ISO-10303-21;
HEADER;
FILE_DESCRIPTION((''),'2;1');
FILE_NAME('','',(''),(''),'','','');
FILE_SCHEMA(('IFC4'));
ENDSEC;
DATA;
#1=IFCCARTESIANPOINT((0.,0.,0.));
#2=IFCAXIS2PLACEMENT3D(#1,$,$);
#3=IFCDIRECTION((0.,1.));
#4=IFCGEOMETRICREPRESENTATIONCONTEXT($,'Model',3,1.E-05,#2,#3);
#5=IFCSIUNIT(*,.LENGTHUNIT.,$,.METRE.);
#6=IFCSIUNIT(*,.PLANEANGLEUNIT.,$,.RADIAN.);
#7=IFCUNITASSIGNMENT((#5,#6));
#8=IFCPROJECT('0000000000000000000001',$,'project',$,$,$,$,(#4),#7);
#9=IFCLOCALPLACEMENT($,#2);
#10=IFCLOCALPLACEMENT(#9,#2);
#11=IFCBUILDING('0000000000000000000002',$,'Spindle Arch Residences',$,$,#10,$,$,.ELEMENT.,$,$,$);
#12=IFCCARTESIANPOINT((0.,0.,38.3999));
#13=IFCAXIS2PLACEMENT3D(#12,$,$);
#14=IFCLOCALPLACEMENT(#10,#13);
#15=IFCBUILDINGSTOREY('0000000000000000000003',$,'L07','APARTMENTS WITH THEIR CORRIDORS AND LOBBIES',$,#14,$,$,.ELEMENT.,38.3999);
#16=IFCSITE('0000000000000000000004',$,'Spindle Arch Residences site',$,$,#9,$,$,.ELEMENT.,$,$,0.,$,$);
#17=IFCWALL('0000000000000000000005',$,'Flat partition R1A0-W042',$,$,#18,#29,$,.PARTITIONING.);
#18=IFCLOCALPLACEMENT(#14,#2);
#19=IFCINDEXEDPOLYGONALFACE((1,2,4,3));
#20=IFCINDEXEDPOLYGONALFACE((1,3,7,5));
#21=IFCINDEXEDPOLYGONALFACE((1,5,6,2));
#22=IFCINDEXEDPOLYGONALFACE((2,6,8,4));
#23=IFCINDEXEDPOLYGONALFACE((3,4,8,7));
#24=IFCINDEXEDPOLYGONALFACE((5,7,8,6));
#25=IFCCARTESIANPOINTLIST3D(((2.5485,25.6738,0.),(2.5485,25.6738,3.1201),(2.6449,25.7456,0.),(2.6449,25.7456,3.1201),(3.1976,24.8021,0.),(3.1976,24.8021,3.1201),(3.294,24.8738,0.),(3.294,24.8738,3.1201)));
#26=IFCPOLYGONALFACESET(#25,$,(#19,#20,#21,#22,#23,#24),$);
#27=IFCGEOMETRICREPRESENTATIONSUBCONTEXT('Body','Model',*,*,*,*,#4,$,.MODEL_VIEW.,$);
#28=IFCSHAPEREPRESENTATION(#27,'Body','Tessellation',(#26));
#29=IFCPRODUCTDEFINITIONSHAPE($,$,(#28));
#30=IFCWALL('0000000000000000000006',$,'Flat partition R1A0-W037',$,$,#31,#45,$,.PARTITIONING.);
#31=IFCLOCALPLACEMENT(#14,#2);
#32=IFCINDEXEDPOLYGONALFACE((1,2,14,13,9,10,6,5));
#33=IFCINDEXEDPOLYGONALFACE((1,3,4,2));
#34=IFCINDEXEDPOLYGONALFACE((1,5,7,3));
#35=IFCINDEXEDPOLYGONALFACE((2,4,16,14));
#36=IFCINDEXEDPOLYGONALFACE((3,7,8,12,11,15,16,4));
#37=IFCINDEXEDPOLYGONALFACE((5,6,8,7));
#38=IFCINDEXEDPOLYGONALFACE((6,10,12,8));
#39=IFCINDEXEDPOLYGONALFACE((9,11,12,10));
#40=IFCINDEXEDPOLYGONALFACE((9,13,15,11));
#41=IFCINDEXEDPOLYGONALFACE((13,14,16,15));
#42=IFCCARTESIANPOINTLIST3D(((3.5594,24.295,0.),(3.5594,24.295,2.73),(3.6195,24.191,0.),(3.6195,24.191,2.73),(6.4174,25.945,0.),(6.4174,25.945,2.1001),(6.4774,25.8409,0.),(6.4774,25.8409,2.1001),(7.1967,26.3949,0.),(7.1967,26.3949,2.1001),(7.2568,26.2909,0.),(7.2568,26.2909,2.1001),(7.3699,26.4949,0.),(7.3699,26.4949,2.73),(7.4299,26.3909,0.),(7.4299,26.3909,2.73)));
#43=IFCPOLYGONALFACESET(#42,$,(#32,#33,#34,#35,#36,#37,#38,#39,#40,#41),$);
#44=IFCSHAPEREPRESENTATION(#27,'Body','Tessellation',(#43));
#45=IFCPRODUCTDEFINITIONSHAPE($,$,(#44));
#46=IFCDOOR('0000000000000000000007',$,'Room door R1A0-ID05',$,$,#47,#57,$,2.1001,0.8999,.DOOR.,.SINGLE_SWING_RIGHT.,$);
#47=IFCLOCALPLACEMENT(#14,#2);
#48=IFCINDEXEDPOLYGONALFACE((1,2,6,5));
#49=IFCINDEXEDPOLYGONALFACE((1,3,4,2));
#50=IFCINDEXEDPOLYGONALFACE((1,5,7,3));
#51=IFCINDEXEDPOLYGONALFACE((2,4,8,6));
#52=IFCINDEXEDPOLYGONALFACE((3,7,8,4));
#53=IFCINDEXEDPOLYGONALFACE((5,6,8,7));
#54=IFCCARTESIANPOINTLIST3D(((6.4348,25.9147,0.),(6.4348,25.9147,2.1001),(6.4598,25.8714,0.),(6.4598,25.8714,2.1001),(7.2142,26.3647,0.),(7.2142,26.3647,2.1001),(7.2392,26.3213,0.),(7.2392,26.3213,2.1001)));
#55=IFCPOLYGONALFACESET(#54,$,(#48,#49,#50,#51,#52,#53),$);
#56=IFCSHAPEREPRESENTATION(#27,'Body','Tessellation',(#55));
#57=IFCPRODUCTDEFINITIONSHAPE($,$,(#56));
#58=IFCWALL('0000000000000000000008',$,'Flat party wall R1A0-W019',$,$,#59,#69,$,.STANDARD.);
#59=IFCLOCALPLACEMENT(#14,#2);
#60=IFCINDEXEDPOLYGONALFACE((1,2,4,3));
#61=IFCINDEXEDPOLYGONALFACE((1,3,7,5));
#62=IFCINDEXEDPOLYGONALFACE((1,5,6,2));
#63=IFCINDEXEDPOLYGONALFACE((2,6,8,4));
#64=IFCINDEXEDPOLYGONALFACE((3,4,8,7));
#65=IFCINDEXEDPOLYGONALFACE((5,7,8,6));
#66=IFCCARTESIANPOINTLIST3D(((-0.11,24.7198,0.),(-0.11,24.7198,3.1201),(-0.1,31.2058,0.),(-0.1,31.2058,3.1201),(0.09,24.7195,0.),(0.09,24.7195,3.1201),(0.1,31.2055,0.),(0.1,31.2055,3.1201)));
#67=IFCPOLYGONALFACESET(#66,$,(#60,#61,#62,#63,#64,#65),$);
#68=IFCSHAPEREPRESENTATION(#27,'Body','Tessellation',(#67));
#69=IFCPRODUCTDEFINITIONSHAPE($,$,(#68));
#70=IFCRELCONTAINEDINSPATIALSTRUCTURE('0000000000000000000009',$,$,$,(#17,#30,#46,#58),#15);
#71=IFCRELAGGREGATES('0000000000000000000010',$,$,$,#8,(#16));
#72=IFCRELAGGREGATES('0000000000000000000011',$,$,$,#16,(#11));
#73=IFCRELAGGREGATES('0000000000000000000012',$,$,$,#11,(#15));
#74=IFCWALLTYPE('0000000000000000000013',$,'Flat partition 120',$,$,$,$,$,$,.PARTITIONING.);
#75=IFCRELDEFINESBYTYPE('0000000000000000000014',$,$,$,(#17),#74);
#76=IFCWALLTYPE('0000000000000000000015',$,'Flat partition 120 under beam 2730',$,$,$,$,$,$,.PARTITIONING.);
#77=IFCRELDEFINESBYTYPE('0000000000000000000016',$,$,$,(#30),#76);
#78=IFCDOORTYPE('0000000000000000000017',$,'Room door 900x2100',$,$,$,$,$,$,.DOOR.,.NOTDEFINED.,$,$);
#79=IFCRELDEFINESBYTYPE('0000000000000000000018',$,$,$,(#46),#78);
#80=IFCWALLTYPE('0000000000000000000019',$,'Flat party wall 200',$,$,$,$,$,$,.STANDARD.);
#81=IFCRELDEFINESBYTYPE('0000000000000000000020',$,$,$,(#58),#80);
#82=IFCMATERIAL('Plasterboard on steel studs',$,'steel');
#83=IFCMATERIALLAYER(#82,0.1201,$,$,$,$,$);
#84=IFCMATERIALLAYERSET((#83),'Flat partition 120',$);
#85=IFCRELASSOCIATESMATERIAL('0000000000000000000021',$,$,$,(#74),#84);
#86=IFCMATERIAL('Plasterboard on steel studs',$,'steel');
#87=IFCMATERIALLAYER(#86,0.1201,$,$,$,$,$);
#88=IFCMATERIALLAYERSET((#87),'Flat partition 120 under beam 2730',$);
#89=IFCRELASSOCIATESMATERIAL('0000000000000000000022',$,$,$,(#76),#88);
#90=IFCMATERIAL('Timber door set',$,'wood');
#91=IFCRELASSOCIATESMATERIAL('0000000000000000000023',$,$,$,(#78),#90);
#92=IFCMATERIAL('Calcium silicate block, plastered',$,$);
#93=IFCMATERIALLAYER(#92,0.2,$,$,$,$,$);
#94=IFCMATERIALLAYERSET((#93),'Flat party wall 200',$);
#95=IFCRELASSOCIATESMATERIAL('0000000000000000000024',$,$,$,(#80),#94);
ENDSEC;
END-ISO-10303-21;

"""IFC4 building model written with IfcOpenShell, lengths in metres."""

from ifc_helpers import new_model, si_unit, direction, frame, frame_2d, origin, place, context, subcontext, project, spatial, rectangle, extrude, material, layer, layer_set, type_object, element, fill, save


model = new_model("IFC4")

# Units and contexts
model_context = context("Model", 3, precision=1e-05, world=origin(), true_north=direction((0.0, 1.0)))
body_context = subcontext(model_context, "Body", "Model", "MODEL_VIEW")
ifc_project = project(units=[si_unit("LENGTHUNIT", "METRE"), si_unit("PLANEANGLEUNIT", "RADIAN")], contexts=[model_context])

# Site, building, storey
site_placement = place(None, origin())
site = spatial("IfcSite", under=ifc_project, at=site_placement, Name="Spindle Arch Residences site", CompositionType="ELEMENT", RefElevation=0.0)
building_placement = place(site_placement, origin())
building = spatial("IfcBuilding", under=site, at=building_placement, Name="Spindle Arch Residences", CompositionType="ELEMENT")
storey_placement = place(building_placement, frame((0.0, 0.0, 38.3999)))
storey = spatial("IfcBuildingStorey", under=building, at=storey_placement, Name="L07", Description="APARTMENTS WITH THEIR CORRIDORS AND LOBBIES", CompositionType="ELEMENT", Elevation=38.3999)

# Wall
ifc_material_1 = material(Name="Plasterboard on steel studs", Category="steel")
ifc_layer_1 = layer(ifc_material_1, 0.1201)
ifc_layer_set_1 = layer_set([ifc_layer_1], Name="Flat partition 120")
wall_type_1 = type_object("IfcWallType", Name="Flat partition 120", PredefinedType="PARTITIONING", material=ifc_layer_set_1)
wall_1_placement = place(storey_placement, frame((2.5967, 25.7097, 0.0), z_axis=(0.0, 0.0, 1.0), x_axis=(0.597229, -0.802071, 0.0)))
element("IfcWall", 1, at=wall_1_placement, inside=storey, type_object=wall_type_1, Name="Flat partition R1A0-W042", PredefinedType="PARTITIONING", context=body_context, shape_type="SweptSolid", body=[
    extrude(rectangle(XDim=1.0869, YDim=0.1201, at=frame_2d((0.5435, 0.0))), origin(), (0.0, 0.0, 1.0), 3.1201),
])

# Wall, opening, door
ifc_material_2 = material(Name="Plasterboard on steel studs", Category="steel")
ifc_layer_2 = layer(ifc_material_2, 0.1201)
ifc_layer_set_2 = layer_set([ifc_layer_2], Name="Flat partition 120 under beam 2730")
wall_type_2 = type_object("IfcWallType", Name="Flat partition 120 under beam 2730", PredefinedType="PARTITIONING", material=ifc_layer_set_2)
wall_2_placement = place(storey_placement, frame((7.3999, 26.4429, 0.0), z_axis=(0.0, 0.0, 1.0), x_axis=(-0.866032, -0.499988, 0.0)))
wall_2 = element("IfcWall", 2, at=wall_2_placement, inside=storey, type_object=wall_type_2, Name="Flat partition R1A0-W037", PredefinedType="PARTITIONING", context=body_context, shape_type="SweptSolid", body=[
    extrude(rectangle(XDim=4.3999, YDim=0.1201, at=frame_2d((2.2, 0.0))), origin(), (0.0, 0.0, 1.0), 2.73),
])
opening_placement = place(wall_2_placement, frame((0.2, 0.0, 0.0)))
opening = element("IfcOpeningElement", 3, at=opening_placement, cuts=wall_2, PredefinedType="OPENING", context=body_context, shape_type="SweptSolid", body=[
    extrude(rectangle(XDim=0.8999, YDim=2.1001, at=frame_2d((0.45, 1.05))), frame((0.0, 0.0701, 0.0), z_axis=(0.0, -1.0, 0.0), x_axis=(1.0, 0.0, 0.0)), (0.0, 0.0, 1.0), 0.1401),
])
ifc_material_3 = material(Name="Timber door set", Category="wood")
door_type = type_object("IfcDoorType", Name="Room door 900x2100", OperationType="NOTDEFINED", PredefinedType="DOOR", material=ifc_material_3)
door_placement = place(opening_placement, origin())
door = element("IfcDoor", 4, at=door_placement, inside=storey, type_object=door_type, Name="Room door R1A0-ID05", OperationType="SINGLE_SWING_RIGHT", OverallHeight=2.1001, OverallWidth=0.8999, PredefinedType="DOOR", context=body_context, shape_type="SweptSolid", body=[
    extrude(rectangle(XDim=0.8999, YDim=2.1001, at=frame_2d((0.45, 1.05))), frame((0.0, 0.0249, 0.0), z_axis=(0.0, -1.0, 0.0), x_axis=(1.0, 0.0, 0.0)), (0.0, 0.0, 1.0), 0.05),
])
fill(opening, door)

# Wall
ifc_material_4 = material(Name="Calcium silicate block, plastered")
ifc_layer_3 = layer(ifc_material_4, 0.2)
ifc_layer_set_3 = layer_set([ifc_layer_3], Name="Flat party wall 200")
wall_type_3 = type_object("IfcWallType", Name="Flat party wall 200", PredefinedType="STANDARD", material=ifc_layer_set_3)
wall_3_placement = place(storey_placement, frame((0.0, 31.2058, 0.0), z_axis=(0.0, 0.0, 1.0), x_axis=(-0.001543, -0.999999, 0.0)))
element("IfcWall", 5, at=wall_3_placement, inside=storey, type_object=wall_type_3, Name="Flat party wall R1A0-W019", PredefinedType="STANDARD", context=body_context, shape_type="SweptSolid", body=[
    extrude(rectangle(XDim=6.4861, YDim=0.2, at=frame_2d((3.2432, 0.0))), origin(), (0.0, 0.0, 1.0), 3.1201),
])

save(model, "model.ifc")
